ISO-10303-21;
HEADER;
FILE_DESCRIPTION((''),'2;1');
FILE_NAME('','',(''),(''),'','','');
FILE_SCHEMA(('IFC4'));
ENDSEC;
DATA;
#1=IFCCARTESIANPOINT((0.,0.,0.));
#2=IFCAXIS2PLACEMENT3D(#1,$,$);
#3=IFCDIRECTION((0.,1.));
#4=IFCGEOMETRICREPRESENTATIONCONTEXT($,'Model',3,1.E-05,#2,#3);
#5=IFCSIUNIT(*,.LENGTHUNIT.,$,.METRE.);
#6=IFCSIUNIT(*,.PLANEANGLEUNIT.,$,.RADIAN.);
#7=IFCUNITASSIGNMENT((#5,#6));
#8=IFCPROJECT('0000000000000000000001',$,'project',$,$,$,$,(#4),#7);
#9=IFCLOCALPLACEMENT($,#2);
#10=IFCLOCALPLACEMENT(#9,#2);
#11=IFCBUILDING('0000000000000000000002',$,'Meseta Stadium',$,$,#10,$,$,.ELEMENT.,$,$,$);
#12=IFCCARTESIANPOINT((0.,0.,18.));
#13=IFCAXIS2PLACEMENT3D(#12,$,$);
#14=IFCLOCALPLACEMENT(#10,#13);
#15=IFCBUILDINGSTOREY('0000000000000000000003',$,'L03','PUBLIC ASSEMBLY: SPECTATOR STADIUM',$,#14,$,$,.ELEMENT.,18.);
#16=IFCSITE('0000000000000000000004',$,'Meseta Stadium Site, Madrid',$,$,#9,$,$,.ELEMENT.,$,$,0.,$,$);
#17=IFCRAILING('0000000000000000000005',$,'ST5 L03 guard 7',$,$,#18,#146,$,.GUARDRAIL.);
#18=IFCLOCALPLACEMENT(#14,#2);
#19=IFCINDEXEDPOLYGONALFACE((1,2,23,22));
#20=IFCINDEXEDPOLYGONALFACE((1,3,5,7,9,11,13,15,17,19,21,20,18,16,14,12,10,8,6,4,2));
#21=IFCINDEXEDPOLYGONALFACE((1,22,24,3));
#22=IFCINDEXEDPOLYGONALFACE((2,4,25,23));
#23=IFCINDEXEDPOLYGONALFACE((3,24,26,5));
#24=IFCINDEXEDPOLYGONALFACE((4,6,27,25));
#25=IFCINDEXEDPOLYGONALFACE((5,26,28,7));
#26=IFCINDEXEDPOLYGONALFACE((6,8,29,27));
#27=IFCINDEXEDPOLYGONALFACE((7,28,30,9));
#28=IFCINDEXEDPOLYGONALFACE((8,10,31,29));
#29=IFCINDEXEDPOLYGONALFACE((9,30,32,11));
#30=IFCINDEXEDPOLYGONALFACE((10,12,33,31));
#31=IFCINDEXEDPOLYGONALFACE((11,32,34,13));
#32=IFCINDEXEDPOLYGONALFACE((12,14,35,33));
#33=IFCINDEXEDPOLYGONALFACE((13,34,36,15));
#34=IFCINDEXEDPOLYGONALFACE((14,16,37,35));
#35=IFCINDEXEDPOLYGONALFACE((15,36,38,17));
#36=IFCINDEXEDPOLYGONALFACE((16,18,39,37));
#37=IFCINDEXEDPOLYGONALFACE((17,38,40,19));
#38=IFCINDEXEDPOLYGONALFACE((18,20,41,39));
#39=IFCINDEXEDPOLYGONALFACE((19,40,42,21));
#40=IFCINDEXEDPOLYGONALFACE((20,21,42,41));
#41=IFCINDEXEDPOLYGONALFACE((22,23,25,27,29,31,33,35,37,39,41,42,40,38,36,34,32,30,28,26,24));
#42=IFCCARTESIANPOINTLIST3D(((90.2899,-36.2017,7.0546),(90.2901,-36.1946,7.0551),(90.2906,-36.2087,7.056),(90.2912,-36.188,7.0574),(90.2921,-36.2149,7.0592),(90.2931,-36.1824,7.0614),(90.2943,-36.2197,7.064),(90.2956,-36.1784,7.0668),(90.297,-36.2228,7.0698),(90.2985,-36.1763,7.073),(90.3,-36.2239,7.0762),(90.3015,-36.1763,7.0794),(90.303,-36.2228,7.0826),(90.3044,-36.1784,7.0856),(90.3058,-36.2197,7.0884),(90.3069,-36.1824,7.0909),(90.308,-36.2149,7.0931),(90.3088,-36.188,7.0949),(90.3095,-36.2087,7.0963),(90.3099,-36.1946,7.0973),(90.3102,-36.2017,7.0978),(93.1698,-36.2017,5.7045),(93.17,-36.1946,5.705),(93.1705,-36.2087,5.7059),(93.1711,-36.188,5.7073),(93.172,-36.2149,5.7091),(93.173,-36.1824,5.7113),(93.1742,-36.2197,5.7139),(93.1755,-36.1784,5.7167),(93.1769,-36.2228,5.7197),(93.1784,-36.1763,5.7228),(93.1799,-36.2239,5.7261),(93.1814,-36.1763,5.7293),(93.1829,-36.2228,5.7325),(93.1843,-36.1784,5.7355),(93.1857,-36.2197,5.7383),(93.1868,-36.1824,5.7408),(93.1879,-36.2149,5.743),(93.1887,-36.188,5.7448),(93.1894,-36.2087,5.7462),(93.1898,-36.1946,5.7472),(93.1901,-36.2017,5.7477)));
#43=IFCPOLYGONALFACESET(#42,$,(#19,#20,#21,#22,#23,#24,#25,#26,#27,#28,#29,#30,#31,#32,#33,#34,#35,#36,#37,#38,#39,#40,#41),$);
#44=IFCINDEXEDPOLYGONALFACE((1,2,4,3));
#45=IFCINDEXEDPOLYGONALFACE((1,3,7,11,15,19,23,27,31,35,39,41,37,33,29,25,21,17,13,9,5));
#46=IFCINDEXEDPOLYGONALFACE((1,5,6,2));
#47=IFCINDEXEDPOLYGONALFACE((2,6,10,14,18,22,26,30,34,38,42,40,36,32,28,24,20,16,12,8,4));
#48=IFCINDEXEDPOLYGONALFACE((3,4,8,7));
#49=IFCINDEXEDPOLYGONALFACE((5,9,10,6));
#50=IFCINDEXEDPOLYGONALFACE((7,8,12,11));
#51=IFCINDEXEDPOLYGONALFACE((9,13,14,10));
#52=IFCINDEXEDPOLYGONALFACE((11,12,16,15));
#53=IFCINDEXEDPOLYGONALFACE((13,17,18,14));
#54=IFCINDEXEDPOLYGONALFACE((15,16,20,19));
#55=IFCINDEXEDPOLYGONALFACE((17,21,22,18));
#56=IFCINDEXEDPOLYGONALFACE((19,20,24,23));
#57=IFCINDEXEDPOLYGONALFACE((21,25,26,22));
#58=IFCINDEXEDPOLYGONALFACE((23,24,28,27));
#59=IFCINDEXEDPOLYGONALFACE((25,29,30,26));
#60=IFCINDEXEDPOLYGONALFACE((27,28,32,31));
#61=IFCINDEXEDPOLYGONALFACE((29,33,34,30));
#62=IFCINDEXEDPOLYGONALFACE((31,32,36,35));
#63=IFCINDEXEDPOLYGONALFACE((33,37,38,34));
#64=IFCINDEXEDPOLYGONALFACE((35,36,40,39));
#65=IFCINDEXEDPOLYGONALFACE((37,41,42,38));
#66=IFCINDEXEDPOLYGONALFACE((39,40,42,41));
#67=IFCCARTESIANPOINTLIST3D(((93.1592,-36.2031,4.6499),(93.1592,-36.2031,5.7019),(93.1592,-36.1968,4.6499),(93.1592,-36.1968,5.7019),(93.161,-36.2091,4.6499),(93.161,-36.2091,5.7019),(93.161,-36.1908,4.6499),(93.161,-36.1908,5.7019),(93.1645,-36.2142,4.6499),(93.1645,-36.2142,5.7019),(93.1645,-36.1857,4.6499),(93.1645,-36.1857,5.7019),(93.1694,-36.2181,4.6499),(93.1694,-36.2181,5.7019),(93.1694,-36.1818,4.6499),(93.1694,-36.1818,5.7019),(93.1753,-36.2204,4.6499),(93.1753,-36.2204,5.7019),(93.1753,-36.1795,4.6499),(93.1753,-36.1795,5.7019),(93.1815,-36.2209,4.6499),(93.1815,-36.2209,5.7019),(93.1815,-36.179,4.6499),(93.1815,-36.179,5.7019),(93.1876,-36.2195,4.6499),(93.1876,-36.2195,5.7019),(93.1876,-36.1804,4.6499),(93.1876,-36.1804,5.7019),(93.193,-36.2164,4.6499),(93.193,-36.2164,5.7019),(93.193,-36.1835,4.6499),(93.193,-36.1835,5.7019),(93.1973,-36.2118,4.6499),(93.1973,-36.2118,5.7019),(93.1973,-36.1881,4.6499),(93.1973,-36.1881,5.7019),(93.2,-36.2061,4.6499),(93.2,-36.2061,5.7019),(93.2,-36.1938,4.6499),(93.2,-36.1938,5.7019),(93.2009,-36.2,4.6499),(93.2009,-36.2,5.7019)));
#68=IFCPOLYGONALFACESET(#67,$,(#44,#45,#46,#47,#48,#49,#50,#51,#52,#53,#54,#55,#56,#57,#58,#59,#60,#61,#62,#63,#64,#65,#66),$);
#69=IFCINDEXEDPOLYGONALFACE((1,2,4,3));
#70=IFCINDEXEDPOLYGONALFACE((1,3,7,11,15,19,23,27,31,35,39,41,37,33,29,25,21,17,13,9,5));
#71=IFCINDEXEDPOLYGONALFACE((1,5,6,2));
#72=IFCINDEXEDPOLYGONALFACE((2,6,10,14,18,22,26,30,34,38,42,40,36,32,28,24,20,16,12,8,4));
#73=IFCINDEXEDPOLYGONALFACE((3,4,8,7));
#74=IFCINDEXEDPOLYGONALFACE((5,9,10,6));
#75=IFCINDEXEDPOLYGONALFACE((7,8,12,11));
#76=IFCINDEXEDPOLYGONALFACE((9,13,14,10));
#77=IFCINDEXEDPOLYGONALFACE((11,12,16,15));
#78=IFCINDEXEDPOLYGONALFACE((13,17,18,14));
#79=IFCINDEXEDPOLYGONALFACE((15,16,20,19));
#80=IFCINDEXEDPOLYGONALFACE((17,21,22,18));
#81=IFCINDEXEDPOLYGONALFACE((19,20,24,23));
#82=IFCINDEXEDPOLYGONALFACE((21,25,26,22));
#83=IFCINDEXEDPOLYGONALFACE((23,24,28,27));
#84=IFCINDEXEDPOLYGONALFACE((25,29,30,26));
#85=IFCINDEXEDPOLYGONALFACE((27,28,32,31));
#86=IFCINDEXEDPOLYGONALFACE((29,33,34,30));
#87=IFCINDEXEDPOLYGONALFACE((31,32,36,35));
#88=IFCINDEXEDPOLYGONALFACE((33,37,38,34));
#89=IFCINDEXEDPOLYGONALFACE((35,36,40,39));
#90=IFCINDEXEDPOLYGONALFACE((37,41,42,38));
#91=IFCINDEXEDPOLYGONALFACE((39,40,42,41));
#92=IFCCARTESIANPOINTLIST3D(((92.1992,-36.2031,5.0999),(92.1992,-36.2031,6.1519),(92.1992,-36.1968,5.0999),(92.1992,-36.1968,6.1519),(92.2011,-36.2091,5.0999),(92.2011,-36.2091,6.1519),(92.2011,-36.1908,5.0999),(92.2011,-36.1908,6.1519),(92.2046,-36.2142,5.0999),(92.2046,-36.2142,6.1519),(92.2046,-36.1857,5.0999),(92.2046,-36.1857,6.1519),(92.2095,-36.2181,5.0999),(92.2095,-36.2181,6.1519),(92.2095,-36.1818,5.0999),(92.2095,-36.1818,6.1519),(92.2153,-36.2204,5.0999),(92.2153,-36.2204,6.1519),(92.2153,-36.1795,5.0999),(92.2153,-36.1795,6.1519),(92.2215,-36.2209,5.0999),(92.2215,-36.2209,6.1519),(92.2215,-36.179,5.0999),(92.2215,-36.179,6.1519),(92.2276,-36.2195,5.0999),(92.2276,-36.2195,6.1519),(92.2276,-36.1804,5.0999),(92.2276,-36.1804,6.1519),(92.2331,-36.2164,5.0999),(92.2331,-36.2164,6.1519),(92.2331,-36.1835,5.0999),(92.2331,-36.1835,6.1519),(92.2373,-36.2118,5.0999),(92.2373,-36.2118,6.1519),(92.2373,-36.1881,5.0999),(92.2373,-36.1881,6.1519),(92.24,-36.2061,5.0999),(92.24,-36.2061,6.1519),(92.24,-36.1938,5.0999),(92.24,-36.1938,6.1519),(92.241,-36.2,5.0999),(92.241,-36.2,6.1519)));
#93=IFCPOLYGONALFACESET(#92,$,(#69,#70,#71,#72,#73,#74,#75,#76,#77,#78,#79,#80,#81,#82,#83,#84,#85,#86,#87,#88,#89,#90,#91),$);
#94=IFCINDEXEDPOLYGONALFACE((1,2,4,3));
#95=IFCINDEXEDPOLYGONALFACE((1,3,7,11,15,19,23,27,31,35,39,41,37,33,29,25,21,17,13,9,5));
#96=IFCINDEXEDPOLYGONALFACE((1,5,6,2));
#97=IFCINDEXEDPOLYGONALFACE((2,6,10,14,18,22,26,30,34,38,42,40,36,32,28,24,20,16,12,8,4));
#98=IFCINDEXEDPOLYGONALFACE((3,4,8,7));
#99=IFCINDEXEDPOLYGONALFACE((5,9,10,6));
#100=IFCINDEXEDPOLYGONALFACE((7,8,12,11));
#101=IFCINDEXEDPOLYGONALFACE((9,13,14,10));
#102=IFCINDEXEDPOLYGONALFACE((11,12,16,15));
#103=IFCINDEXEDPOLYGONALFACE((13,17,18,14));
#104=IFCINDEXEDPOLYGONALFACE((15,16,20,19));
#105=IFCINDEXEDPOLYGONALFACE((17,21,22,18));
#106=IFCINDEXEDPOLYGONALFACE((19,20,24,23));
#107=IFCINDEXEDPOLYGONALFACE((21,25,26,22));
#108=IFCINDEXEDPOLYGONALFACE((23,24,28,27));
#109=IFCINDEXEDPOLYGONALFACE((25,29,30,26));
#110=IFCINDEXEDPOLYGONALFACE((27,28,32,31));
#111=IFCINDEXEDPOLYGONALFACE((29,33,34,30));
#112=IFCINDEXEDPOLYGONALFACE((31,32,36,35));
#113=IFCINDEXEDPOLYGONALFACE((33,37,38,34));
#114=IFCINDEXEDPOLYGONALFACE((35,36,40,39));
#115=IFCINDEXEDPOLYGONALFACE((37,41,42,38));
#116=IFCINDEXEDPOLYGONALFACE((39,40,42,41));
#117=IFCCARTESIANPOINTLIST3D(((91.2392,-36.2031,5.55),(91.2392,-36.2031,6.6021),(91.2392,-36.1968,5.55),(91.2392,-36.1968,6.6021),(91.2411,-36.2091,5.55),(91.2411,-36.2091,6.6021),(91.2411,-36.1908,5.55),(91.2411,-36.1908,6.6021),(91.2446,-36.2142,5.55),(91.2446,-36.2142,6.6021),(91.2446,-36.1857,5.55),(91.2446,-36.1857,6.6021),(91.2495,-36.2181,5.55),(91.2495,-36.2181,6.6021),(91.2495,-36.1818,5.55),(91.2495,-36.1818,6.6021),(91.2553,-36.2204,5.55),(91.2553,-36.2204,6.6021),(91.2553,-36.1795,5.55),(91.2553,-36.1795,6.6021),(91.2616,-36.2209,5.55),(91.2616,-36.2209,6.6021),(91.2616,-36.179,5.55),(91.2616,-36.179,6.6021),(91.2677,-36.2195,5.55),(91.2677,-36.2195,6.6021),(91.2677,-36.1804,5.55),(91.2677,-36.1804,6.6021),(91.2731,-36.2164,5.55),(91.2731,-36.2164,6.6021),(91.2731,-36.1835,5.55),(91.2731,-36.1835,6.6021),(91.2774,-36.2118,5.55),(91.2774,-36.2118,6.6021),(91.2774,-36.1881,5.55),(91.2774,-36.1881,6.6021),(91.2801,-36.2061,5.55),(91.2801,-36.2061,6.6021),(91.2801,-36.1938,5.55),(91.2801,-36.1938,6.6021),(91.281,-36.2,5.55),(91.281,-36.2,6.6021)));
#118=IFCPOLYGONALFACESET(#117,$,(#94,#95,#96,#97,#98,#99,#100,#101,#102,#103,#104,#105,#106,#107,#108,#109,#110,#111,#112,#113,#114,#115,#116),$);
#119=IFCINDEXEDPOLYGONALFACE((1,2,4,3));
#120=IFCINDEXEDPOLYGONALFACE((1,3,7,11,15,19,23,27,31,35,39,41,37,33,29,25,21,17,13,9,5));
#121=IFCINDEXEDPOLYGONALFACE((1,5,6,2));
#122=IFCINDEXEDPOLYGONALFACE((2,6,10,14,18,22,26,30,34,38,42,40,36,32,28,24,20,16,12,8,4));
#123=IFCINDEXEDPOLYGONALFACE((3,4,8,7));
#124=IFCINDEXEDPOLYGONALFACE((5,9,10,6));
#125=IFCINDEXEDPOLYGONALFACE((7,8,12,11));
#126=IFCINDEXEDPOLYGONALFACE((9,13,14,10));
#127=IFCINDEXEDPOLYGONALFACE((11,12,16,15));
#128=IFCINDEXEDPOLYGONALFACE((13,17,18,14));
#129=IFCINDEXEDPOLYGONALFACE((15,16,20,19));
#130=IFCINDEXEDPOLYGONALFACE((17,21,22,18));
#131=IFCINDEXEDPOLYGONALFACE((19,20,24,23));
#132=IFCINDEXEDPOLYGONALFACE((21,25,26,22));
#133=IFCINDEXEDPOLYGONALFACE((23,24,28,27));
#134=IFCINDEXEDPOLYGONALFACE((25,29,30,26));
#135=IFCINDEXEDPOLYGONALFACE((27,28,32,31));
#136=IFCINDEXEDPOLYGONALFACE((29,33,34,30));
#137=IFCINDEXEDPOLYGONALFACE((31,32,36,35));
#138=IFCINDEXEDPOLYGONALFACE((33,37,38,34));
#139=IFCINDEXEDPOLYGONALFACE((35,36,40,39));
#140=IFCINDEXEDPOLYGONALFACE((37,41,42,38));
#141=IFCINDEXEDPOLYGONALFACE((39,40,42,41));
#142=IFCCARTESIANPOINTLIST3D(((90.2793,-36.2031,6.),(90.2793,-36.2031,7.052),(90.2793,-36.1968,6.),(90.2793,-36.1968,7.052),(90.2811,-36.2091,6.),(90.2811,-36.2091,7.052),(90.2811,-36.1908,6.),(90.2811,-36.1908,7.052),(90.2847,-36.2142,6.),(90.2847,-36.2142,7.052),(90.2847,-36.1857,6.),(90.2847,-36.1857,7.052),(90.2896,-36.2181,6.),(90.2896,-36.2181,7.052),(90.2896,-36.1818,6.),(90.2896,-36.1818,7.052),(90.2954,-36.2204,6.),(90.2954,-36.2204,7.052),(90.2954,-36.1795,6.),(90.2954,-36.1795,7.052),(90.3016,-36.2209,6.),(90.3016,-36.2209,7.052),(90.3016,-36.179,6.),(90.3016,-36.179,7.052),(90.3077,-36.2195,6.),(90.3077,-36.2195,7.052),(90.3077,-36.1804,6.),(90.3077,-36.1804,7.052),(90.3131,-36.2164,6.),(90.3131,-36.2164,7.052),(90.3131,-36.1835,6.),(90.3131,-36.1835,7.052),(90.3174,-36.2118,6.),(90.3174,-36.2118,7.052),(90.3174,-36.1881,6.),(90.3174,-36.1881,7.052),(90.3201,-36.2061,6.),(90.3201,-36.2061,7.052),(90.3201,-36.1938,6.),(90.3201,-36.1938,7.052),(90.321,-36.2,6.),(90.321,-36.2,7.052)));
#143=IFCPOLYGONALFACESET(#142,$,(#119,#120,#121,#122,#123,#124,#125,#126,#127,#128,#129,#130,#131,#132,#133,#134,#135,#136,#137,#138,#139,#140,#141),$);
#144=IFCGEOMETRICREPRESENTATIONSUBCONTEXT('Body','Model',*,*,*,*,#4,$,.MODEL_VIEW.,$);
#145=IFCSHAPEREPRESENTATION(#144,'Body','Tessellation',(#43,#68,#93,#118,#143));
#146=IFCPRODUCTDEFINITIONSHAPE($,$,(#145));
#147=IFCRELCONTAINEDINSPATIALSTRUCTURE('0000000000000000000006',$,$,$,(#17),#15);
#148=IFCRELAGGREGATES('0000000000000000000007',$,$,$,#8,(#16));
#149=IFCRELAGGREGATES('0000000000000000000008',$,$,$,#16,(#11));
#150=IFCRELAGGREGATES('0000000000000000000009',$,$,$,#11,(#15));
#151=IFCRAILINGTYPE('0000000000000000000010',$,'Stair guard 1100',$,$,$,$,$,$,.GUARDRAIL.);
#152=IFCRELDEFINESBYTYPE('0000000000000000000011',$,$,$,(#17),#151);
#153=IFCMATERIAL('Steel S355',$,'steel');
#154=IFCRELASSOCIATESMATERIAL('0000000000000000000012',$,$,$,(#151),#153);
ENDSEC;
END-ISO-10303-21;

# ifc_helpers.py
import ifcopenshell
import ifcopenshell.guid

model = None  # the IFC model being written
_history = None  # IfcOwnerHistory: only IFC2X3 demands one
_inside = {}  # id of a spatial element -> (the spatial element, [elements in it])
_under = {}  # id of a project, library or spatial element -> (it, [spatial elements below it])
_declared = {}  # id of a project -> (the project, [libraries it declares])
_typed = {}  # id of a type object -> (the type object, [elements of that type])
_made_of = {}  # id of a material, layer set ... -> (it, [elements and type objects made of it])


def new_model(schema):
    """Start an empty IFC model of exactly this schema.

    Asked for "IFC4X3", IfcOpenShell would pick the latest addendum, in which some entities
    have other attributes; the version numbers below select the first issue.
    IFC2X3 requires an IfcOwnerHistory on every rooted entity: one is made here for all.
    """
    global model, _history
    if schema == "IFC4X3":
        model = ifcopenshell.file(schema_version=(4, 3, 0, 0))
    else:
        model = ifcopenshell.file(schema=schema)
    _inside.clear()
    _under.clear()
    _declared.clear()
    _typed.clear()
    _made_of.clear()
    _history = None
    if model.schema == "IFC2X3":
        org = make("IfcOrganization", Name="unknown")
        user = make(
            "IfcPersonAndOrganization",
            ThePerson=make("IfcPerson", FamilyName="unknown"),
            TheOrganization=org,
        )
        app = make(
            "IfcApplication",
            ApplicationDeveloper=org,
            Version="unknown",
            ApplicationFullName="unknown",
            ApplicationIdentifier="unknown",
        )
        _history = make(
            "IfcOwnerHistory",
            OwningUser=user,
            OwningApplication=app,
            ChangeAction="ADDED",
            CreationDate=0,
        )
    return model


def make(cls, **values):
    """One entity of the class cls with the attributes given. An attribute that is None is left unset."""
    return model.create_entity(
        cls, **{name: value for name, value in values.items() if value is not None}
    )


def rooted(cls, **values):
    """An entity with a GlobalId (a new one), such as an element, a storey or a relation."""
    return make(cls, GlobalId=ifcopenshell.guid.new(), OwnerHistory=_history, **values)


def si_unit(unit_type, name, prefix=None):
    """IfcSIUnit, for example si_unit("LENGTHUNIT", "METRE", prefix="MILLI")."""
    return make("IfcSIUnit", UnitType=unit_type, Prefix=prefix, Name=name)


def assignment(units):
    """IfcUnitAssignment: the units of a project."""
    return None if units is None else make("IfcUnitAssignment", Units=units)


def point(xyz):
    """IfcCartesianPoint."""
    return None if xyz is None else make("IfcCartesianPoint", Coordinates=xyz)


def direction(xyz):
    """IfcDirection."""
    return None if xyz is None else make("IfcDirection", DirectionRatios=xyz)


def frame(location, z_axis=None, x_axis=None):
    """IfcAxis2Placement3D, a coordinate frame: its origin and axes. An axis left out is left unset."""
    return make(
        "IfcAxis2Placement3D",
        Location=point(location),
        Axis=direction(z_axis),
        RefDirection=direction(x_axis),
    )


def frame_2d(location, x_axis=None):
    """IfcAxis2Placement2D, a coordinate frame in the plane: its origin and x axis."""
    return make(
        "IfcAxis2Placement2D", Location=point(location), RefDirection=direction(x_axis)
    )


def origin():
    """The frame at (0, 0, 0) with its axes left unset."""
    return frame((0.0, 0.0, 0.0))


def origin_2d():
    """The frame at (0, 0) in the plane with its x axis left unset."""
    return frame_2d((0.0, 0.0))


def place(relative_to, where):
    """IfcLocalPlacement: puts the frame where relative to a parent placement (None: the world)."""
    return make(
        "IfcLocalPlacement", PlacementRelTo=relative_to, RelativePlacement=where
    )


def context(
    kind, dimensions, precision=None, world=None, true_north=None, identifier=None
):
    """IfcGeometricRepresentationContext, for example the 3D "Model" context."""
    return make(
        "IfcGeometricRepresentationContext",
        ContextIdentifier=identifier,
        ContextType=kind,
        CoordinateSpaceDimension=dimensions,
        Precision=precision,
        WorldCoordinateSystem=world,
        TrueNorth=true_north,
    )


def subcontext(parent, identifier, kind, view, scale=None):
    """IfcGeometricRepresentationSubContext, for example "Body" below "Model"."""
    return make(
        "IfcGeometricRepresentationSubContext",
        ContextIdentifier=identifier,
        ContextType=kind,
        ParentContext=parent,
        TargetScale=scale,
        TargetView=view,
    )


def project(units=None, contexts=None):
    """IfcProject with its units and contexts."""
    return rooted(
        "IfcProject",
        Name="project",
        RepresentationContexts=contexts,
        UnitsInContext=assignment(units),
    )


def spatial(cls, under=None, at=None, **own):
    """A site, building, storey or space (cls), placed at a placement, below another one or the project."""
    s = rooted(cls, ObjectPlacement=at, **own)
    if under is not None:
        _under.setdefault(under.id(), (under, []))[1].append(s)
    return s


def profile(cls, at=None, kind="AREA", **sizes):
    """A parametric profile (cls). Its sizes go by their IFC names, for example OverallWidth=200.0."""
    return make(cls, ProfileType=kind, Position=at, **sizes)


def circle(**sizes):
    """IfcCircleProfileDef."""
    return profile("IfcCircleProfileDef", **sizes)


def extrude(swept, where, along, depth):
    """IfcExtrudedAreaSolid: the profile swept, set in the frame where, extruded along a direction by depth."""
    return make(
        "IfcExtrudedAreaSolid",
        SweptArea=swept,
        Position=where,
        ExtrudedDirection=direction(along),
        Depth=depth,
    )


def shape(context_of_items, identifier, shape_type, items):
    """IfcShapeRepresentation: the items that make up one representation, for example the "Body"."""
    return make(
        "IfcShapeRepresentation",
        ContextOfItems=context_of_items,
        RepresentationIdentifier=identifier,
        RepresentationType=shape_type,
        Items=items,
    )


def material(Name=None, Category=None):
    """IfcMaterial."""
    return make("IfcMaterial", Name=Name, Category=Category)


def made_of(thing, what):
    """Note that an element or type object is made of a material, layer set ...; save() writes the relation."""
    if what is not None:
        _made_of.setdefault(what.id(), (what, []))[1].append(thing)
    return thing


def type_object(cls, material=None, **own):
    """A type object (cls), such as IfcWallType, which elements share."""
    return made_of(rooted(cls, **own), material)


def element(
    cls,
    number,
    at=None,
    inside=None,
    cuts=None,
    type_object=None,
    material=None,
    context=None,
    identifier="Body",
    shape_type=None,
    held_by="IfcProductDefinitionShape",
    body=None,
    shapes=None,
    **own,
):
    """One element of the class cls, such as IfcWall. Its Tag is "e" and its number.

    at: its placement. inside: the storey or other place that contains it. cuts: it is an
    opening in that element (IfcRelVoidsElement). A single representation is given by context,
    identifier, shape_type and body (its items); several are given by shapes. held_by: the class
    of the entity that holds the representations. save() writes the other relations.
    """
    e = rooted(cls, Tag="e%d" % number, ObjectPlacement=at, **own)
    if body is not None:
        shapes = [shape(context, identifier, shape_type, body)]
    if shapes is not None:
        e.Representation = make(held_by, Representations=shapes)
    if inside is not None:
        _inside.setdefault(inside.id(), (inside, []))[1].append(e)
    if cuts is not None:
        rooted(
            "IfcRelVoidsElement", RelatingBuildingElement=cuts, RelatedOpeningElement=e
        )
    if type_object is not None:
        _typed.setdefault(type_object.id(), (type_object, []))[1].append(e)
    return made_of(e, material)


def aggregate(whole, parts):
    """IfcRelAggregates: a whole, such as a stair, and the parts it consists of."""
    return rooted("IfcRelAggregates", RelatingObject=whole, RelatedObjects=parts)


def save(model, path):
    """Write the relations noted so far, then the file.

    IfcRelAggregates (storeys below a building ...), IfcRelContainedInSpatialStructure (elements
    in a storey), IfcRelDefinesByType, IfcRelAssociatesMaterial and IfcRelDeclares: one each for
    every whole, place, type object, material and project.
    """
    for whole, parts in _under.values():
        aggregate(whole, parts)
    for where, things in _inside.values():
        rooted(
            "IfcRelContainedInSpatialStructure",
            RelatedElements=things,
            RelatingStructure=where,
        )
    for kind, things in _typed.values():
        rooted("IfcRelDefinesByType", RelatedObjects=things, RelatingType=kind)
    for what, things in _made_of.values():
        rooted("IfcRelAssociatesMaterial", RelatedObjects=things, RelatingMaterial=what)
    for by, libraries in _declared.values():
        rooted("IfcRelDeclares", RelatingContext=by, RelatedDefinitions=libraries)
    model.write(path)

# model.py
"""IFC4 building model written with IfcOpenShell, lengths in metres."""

from ifc_helpers import new_model, si_unit, direction, frame, origin, origin_2d, place, context, subcontext, project, spatial, circle, extrude, material, type_object, element, save


model = new_model("IFC4")

# Units and contexts
model_context = context("Model", 3, precision=1e-05, world=origin(), true_north=direction((0.0, 1.0)))
body_context = subcontext(model_context, "Body", "Model", "MODEL_VIEW")
ifc_project = project(units=[si_unit("LENGTHUNIT", "METRE"), si_unit("PLANEANGLEUNIT", "RADIAN")], contexts=[model_context])

# Site, building, storey
site_placement = place(None, origin())
site = spatial("IfcSite", under=ifc_project, at=site_placement, Name="Meseta Stadium Site, Madrid", CompositionType="ELEMENT", RefElevation=0.0)
building_placement = place(site_placement, origin())
building = spatial("IfcBuilding", under=site, at=building_placement, Name="Meseta Stadium", CompositionType="ELEMENT")
storey_placement = place(building_placement, frame((0.0, 0.0, 18.0)))
storey = spatial("IfcBuildingStorey", under=building, at=storey_placement, Name="L03", Description="PUBLIC ASSEMBLY: SPECTATOR STADIUM", CompositionType="ELEMENT", Elevation=18.0)

# Railing
ifc_material_1 = material(Name="Steel S355", Category="steel")
railing_type_1 = type_object("IfcRailingType", Name="Stair guard 1100", PredefinedType="GUARDRAIL", material=ifc_material_1)
railing_1_placement = place(storey_placement, frame((93.1799, -36.2, 4.6499)))
element("IfcRailing", 1, at=railing_1_placement, inside=storey, type_object=railing_type_1, Name="ST5 L03 guard 7", PredefinedType="GUARDRAIL", context=body_context, shape_type="SweptSolid", body=[
    extrude(circle(Radius=0.0239, at=origin_2d()), frame((0.0, 0.0, 1.0762), z_axis=(-0.90544, 0.0, 0.424473), x_axis=(0.0, -1.0, 0.0)), (0.0, 0.0, 1.0), 3.1807),
    extrude(circle(Radius=0.021, at=origin_2d()), origin(), (0.0, 0.0, 1.0), 1.052),
    extrude(circle(Radius=0.021, at=origin_2d()), frame((-0.96, 0.0, 0.45)), (0.0, 0.0, 1.0), 1.052),
    extrude(circle(Radius=0.021, at=origin_2d()), frame((-1.9199, 0.0, 0.9001)), (0.0, 0.0, 1.0), 1.052),
    extrude(circle(Radius=0.021, at=origin_2d()), frame((-2.8799, 0.0, 1.3501)), (0.0, 0.0, 1.0), 1.052),
])

save(model, "model.ifc")
